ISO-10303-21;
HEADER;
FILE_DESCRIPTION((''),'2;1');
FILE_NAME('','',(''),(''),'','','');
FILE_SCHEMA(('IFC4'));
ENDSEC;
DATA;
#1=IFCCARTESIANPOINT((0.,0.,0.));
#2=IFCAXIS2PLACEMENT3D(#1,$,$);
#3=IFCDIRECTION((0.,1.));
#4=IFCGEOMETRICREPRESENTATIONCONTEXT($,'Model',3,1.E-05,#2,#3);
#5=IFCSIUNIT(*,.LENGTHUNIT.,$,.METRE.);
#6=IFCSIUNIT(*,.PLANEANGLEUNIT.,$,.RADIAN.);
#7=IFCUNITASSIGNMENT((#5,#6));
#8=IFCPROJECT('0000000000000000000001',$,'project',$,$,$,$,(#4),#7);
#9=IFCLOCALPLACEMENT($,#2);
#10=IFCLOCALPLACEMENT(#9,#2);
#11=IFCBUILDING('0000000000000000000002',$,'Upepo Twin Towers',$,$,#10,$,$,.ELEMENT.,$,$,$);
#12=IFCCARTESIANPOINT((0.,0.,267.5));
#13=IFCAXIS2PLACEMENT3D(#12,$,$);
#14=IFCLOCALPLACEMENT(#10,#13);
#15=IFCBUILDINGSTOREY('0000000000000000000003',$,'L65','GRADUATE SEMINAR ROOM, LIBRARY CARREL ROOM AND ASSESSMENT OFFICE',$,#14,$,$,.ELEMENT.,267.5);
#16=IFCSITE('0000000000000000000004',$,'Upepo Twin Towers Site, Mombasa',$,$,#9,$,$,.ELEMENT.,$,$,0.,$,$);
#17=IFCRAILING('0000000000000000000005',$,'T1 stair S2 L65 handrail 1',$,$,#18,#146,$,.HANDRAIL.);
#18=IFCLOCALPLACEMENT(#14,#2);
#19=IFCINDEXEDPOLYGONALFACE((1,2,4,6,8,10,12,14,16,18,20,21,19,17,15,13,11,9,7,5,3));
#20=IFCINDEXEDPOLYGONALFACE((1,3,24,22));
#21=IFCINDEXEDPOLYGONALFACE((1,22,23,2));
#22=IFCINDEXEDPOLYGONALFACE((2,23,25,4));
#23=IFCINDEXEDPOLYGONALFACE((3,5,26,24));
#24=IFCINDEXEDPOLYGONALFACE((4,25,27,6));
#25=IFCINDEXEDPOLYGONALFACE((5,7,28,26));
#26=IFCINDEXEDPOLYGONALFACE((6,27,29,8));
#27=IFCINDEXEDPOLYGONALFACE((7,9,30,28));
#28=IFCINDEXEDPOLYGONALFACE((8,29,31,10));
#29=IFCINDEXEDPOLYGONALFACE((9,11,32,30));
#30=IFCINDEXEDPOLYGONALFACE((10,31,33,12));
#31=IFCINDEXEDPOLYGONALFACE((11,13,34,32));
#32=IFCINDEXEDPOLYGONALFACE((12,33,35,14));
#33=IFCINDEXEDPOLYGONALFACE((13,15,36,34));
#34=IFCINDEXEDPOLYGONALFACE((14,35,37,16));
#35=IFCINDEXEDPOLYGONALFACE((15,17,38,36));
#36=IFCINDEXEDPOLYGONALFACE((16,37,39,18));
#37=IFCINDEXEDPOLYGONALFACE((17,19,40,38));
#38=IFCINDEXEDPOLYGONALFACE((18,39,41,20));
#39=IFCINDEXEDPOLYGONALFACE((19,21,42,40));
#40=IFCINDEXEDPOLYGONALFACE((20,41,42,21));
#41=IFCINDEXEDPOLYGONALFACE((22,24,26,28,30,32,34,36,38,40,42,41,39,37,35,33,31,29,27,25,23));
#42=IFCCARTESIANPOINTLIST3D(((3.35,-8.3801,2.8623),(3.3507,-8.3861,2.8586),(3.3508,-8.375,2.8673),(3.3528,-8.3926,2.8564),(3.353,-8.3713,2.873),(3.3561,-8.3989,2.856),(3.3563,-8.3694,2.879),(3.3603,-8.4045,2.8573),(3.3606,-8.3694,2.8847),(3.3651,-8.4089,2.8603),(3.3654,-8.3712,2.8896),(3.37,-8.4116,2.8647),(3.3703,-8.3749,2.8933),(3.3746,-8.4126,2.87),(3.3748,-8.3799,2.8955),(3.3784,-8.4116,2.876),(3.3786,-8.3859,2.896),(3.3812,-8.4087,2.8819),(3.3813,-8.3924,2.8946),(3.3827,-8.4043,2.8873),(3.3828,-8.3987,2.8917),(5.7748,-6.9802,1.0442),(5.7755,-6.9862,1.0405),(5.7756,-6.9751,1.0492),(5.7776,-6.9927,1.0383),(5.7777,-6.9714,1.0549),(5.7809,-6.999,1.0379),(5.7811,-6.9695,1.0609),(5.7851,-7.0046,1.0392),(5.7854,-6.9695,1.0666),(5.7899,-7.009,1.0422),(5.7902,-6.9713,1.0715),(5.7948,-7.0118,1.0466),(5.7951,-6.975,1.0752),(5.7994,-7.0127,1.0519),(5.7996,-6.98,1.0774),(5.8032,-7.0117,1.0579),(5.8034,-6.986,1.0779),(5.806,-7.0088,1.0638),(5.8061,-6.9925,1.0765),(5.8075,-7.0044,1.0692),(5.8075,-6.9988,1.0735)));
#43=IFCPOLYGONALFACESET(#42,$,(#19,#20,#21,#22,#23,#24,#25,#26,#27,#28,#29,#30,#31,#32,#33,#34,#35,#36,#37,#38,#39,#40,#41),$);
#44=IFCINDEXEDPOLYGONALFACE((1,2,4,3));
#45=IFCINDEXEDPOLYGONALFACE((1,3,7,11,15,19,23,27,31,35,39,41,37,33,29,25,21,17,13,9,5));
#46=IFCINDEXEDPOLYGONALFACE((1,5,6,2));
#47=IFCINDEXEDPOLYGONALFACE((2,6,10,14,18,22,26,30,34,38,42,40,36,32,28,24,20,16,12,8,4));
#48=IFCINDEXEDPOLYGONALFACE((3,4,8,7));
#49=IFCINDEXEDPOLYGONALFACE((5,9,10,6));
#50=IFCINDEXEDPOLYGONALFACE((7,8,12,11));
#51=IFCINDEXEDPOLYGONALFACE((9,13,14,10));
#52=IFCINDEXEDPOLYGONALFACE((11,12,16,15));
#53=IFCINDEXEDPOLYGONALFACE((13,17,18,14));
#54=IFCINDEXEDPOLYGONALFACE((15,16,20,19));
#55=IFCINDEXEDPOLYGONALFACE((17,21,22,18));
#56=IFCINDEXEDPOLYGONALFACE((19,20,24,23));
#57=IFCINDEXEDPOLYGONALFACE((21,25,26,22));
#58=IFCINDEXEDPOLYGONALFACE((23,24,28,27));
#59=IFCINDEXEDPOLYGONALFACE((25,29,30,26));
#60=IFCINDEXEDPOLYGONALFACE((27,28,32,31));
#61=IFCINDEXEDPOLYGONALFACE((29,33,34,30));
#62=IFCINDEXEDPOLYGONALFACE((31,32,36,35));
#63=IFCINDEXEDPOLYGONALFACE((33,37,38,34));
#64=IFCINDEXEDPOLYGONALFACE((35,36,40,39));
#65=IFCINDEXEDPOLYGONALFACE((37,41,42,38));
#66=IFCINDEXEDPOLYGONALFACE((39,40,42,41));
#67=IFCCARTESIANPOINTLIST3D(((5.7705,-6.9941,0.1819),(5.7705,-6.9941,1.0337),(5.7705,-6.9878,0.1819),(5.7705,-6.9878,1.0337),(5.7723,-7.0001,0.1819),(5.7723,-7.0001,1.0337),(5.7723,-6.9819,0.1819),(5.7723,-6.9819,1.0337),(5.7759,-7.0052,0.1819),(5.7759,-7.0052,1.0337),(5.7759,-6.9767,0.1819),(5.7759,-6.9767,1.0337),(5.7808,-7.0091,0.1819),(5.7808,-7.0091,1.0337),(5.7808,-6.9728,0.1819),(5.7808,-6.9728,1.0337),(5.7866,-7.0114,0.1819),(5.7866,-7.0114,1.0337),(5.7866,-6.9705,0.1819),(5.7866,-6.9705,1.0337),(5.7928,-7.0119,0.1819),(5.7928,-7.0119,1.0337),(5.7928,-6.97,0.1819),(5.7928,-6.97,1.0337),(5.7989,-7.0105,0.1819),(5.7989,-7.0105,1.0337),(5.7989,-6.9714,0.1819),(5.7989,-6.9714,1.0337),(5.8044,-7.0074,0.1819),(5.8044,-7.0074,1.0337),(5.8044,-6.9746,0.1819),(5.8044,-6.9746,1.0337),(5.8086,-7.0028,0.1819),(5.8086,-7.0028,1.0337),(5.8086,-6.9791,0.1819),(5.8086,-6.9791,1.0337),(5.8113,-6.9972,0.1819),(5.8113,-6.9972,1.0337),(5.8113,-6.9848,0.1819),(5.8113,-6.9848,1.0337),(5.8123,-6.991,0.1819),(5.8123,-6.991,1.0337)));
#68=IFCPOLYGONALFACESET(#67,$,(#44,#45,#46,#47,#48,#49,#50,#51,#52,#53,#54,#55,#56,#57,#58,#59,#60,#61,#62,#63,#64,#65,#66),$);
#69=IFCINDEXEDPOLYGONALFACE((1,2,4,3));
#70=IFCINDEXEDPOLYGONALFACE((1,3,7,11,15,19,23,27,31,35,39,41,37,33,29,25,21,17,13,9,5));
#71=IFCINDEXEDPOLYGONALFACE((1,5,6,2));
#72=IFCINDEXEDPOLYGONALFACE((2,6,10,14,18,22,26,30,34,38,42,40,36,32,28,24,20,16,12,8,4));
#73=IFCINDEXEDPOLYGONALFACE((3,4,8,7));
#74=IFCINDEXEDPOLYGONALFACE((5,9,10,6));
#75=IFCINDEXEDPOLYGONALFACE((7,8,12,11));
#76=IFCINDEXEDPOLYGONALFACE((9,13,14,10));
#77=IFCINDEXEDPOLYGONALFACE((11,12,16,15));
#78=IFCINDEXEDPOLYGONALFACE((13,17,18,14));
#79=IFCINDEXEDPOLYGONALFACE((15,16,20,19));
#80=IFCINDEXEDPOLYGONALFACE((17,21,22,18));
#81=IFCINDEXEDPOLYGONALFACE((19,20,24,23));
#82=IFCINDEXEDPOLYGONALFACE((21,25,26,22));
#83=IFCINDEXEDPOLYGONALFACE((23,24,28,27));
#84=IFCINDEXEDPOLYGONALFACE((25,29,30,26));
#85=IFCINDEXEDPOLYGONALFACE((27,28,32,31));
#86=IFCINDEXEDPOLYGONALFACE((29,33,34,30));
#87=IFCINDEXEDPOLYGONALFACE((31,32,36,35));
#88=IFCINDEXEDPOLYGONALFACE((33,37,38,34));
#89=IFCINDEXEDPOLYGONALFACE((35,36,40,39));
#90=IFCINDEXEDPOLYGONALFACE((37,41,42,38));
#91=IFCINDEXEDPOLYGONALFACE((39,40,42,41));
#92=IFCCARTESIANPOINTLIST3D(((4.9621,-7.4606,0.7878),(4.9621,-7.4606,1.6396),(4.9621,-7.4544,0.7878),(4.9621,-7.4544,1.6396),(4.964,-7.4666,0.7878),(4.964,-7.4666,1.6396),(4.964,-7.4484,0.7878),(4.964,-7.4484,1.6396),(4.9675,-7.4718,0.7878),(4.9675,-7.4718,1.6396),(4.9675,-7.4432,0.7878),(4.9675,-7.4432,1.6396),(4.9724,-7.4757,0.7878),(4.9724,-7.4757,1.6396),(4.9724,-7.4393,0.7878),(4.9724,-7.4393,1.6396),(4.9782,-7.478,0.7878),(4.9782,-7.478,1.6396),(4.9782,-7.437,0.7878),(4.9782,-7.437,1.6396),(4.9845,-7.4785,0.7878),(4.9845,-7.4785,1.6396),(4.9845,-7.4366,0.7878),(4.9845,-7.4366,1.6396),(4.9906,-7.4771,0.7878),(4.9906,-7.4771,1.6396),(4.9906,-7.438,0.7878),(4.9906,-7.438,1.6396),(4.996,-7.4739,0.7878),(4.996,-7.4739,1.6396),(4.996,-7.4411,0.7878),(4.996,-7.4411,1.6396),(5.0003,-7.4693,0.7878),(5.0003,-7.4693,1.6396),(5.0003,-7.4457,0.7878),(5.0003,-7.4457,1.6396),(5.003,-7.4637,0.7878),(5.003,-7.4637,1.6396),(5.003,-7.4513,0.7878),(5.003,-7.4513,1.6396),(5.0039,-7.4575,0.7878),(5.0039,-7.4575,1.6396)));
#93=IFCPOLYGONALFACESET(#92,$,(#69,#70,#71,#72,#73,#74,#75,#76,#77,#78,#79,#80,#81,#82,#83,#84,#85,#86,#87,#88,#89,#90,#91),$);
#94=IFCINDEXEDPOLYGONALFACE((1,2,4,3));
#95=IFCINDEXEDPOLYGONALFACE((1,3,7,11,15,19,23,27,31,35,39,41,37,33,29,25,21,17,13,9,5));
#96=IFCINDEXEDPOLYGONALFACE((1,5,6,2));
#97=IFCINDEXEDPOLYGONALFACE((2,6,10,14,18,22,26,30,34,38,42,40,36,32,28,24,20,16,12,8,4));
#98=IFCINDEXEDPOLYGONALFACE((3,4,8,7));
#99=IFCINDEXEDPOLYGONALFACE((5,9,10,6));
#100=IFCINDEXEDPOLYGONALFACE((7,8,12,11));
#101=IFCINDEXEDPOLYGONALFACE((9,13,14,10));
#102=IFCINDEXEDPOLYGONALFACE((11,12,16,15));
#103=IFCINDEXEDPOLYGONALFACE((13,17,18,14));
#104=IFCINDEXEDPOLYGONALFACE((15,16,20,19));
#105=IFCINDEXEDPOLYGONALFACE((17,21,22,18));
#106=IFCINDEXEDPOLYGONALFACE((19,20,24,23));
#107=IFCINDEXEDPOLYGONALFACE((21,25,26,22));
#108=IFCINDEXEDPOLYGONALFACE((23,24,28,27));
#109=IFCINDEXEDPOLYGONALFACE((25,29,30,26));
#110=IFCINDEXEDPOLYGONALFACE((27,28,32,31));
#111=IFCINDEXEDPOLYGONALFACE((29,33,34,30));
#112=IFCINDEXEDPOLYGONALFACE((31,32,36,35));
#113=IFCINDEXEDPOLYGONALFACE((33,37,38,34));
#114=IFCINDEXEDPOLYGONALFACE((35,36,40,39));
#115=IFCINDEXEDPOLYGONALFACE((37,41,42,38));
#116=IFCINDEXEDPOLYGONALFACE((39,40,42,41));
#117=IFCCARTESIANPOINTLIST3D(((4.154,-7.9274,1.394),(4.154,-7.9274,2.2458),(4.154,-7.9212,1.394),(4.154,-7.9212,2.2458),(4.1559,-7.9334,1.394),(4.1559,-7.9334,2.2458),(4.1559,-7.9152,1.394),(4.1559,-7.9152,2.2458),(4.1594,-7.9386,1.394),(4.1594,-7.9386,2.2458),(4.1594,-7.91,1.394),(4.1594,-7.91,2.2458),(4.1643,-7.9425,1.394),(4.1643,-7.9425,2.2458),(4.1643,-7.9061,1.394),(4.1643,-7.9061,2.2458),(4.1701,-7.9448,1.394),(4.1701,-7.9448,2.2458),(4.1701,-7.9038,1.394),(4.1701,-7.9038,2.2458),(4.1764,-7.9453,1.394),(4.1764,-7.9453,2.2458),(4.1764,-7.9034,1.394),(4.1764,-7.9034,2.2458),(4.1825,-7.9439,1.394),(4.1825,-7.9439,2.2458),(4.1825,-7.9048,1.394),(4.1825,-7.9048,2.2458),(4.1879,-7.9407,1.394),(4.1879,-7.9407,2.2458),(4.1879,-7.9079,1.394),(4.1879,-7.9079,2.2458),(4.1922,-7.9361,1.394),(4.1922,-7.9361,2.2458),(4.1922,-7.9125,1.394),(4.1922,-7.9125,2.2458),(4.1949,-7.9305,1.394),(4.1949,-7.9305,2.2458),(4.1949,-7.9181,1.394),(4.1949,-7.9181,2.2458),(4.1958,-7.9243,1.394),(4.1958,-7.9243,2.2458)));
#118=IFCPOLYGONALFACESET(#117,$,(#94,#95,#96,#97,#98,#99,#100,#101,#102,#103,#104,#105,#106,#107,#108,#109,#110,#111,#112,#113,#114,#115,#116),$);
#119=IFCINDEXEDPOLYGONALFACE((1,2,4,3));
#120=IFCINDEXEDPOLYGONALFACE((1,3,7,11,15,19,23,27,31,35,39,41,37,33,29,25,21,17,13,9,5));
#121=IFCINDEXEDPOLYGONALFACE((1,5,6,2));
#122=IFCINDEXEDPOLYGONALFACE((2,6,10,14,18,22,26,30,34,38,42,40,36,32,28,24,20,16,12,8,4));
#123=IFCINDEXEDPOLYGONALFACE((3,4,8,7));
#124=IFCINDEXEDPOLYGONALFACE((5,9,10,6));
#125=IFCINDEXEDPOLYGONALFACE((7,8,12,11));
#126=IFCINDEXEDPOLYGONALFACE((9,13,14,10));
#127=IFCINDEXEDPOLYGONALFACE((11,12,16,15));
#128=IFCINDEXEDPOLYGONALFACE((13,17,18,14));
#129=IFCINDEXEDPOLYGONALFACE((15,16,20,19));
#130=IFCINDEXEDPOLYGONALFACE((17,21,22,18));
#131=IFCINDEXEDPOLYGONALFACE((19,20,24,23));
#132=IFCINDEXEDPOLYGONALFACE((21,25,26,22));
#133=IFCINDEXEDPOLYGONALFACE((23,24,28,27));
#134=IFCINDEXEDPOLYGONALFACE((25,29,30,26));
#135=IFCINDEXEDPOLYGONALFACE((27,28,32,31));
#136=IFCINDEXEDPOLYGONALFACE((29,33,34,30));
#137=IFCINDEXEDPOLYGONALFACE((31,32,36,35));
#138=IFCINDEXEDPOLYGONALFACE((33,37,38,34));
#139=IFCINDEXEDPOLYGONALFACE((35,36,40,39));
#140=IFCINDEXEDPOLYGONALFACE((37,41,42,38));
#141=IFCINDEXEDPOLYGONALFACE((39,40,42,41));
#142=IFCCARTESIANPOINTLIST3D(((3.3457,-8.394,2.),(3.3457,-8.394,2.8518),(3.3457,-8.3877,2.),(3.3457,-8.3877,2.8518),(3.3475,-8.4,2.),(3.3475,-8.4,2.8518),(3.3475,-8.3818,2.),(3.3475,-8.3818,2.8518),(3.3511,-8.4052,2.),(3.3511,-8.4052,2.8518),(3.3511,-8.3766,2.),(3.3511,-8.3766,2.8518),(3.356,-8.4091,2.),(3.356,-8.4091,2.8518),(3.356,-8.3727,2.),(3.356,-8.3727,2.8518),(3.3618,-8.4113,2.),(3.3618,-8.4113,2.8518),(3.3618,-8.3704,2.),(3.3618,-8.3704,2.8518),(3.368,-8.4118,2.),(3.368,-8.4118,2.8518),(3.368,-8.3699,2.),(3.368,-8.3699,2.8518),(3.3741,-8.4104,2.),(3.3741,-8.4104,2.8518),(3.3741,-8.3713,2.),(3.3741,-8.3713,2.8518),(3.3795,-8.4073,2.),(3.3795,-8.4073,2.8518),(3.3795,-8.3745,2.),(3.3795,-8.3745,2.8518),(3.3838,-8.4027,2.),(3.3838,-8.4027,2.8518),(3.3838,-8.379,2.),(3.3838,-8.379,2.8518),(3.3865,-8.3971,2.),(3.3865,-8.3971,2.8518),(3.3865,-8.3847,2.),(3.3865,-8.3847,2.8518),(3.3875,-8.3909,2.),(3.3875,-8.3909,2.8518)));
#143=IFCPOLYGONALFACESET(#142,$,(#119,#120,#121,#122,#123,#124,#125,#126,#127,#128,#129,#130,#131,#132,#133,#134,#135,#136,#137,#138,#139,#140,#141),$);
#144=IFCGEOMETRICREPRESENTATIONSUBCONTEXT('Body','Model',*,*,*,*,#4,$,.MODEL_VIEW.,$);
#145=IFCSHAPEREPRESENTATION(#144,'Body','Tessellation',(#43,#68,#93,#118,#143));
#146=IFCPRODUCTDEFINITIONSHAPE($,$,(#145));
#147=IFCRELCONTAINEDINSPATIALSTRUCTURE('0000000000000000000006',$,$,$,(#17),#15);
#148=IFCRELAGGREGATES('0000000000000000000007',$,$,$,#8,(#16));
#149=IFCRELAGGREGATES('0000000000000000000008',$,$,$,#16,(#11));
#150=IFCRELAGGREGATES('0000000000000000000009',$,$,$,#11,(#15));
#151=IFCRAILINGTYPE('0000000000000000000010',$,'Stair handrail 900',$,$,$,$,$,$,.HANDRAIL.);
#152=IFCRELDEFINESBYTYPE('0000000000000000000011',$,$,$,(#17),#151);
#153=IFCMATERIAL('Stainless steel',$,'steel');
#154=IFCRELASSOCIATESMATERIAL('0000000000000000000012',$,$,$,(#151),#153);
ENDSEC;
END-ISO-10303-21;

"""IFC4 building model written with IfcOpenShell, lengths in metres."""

from ifc_helpers import new_model, si_unit, direction, frame, origin, origin_2d, place, context, subcontext, project, spatial, circle, extrude, material, type_object, element, save


model = new_model("IFC4")

# Units and contexts
model_context = context("Model", 3, precision=1e-05, world=origin(), true_north=direction((0.0, 1.0)))
body_context = subcontext(model_context, "Body", "Model", "MODEL_VIEW")
ifc_project = project(units=[si_unit("LENGTHUNIT", "METRE"), si_unit("PLANEANGLEUNIT", "RADIAN")], contexts=[model_context])

# Site, building, storey
site_placement = place(None, origin())
site = spatial("IfcSite", under=ifc_project, at=site_placement, Name="Upepo Twin Towers Site, Mombasa", CompositionType="ELEMENT", RefElevation=0.0)
building_placement = place(site_placement, origin())
building = spatial("IfcBuilding", under=site, at=building_placement, Name="Upepo Twin Towers", CompositionType="ELEMENT")
storey_placement = place(building_placement, frame((0.0, 0.0, 267.5)))
storey = spatial("IfcBuildingStorey", under=building, at=storey_placement, Name="L65", Description="GRADUATE SEMINAR ROOM, LIBRARY CARREL ROOM AND ASSESSMENT OFFICE", CompositionType="ELEMENT", Elevation=267.5)

# Railing
ifc_material_1 = material(Name="Stainless steel", Category="steel")
railing_type = type_object("IfcRailingType", Name="Stair handrail 900", PredefinedType="HANDRAIL", material=ifc_material_1)
railing_1_placement = place(storey_placement, frame((5.7913, -6.991, 0.1819)))
element("IfcRailing", 1, at=railing_1_placement, inside=storey, type_object=railing_type, Name="T1 stair S2 L65 handrail 1", PredefinedType="HANDRAIL", context=body_context, shape_type="SweptSolid", body=[
    extrude(circle(Radius=0.0239, at=origin_2d()), frame((0.0, 0.0, 0.876), z_axis=(-0.726336, -0.419333, 0.544606), x_axis=(0.499984, -0.866035, 0.0)), (0.0, 0.0, 1.0), 3.3384),
    extrude(circle(Radius=0.021, at=origin_2d()), origin(), (0.0, 0.0, 1.0), 0.8518),
    extrude(circle(Radius=0.021, at=origin_2d()), frame((-0.8083, -0.4666, 0.606)), (0.0, 0.0, 1.0), 0.8518),
    extrude(circle(Radius=0.021, at=origin_2d()), frame((-1.6165, -0.9333, 1.2122)), (0.0, 0.0, 1.0), 0.8518),
    extrude(circle(Radius=0.021, at=origin_2d()), frame((-2.4248, -1.3999, 1.8181)), (0.0, 0.0, 1.0), 0.8518),
])

save(model, "model.ifc")
